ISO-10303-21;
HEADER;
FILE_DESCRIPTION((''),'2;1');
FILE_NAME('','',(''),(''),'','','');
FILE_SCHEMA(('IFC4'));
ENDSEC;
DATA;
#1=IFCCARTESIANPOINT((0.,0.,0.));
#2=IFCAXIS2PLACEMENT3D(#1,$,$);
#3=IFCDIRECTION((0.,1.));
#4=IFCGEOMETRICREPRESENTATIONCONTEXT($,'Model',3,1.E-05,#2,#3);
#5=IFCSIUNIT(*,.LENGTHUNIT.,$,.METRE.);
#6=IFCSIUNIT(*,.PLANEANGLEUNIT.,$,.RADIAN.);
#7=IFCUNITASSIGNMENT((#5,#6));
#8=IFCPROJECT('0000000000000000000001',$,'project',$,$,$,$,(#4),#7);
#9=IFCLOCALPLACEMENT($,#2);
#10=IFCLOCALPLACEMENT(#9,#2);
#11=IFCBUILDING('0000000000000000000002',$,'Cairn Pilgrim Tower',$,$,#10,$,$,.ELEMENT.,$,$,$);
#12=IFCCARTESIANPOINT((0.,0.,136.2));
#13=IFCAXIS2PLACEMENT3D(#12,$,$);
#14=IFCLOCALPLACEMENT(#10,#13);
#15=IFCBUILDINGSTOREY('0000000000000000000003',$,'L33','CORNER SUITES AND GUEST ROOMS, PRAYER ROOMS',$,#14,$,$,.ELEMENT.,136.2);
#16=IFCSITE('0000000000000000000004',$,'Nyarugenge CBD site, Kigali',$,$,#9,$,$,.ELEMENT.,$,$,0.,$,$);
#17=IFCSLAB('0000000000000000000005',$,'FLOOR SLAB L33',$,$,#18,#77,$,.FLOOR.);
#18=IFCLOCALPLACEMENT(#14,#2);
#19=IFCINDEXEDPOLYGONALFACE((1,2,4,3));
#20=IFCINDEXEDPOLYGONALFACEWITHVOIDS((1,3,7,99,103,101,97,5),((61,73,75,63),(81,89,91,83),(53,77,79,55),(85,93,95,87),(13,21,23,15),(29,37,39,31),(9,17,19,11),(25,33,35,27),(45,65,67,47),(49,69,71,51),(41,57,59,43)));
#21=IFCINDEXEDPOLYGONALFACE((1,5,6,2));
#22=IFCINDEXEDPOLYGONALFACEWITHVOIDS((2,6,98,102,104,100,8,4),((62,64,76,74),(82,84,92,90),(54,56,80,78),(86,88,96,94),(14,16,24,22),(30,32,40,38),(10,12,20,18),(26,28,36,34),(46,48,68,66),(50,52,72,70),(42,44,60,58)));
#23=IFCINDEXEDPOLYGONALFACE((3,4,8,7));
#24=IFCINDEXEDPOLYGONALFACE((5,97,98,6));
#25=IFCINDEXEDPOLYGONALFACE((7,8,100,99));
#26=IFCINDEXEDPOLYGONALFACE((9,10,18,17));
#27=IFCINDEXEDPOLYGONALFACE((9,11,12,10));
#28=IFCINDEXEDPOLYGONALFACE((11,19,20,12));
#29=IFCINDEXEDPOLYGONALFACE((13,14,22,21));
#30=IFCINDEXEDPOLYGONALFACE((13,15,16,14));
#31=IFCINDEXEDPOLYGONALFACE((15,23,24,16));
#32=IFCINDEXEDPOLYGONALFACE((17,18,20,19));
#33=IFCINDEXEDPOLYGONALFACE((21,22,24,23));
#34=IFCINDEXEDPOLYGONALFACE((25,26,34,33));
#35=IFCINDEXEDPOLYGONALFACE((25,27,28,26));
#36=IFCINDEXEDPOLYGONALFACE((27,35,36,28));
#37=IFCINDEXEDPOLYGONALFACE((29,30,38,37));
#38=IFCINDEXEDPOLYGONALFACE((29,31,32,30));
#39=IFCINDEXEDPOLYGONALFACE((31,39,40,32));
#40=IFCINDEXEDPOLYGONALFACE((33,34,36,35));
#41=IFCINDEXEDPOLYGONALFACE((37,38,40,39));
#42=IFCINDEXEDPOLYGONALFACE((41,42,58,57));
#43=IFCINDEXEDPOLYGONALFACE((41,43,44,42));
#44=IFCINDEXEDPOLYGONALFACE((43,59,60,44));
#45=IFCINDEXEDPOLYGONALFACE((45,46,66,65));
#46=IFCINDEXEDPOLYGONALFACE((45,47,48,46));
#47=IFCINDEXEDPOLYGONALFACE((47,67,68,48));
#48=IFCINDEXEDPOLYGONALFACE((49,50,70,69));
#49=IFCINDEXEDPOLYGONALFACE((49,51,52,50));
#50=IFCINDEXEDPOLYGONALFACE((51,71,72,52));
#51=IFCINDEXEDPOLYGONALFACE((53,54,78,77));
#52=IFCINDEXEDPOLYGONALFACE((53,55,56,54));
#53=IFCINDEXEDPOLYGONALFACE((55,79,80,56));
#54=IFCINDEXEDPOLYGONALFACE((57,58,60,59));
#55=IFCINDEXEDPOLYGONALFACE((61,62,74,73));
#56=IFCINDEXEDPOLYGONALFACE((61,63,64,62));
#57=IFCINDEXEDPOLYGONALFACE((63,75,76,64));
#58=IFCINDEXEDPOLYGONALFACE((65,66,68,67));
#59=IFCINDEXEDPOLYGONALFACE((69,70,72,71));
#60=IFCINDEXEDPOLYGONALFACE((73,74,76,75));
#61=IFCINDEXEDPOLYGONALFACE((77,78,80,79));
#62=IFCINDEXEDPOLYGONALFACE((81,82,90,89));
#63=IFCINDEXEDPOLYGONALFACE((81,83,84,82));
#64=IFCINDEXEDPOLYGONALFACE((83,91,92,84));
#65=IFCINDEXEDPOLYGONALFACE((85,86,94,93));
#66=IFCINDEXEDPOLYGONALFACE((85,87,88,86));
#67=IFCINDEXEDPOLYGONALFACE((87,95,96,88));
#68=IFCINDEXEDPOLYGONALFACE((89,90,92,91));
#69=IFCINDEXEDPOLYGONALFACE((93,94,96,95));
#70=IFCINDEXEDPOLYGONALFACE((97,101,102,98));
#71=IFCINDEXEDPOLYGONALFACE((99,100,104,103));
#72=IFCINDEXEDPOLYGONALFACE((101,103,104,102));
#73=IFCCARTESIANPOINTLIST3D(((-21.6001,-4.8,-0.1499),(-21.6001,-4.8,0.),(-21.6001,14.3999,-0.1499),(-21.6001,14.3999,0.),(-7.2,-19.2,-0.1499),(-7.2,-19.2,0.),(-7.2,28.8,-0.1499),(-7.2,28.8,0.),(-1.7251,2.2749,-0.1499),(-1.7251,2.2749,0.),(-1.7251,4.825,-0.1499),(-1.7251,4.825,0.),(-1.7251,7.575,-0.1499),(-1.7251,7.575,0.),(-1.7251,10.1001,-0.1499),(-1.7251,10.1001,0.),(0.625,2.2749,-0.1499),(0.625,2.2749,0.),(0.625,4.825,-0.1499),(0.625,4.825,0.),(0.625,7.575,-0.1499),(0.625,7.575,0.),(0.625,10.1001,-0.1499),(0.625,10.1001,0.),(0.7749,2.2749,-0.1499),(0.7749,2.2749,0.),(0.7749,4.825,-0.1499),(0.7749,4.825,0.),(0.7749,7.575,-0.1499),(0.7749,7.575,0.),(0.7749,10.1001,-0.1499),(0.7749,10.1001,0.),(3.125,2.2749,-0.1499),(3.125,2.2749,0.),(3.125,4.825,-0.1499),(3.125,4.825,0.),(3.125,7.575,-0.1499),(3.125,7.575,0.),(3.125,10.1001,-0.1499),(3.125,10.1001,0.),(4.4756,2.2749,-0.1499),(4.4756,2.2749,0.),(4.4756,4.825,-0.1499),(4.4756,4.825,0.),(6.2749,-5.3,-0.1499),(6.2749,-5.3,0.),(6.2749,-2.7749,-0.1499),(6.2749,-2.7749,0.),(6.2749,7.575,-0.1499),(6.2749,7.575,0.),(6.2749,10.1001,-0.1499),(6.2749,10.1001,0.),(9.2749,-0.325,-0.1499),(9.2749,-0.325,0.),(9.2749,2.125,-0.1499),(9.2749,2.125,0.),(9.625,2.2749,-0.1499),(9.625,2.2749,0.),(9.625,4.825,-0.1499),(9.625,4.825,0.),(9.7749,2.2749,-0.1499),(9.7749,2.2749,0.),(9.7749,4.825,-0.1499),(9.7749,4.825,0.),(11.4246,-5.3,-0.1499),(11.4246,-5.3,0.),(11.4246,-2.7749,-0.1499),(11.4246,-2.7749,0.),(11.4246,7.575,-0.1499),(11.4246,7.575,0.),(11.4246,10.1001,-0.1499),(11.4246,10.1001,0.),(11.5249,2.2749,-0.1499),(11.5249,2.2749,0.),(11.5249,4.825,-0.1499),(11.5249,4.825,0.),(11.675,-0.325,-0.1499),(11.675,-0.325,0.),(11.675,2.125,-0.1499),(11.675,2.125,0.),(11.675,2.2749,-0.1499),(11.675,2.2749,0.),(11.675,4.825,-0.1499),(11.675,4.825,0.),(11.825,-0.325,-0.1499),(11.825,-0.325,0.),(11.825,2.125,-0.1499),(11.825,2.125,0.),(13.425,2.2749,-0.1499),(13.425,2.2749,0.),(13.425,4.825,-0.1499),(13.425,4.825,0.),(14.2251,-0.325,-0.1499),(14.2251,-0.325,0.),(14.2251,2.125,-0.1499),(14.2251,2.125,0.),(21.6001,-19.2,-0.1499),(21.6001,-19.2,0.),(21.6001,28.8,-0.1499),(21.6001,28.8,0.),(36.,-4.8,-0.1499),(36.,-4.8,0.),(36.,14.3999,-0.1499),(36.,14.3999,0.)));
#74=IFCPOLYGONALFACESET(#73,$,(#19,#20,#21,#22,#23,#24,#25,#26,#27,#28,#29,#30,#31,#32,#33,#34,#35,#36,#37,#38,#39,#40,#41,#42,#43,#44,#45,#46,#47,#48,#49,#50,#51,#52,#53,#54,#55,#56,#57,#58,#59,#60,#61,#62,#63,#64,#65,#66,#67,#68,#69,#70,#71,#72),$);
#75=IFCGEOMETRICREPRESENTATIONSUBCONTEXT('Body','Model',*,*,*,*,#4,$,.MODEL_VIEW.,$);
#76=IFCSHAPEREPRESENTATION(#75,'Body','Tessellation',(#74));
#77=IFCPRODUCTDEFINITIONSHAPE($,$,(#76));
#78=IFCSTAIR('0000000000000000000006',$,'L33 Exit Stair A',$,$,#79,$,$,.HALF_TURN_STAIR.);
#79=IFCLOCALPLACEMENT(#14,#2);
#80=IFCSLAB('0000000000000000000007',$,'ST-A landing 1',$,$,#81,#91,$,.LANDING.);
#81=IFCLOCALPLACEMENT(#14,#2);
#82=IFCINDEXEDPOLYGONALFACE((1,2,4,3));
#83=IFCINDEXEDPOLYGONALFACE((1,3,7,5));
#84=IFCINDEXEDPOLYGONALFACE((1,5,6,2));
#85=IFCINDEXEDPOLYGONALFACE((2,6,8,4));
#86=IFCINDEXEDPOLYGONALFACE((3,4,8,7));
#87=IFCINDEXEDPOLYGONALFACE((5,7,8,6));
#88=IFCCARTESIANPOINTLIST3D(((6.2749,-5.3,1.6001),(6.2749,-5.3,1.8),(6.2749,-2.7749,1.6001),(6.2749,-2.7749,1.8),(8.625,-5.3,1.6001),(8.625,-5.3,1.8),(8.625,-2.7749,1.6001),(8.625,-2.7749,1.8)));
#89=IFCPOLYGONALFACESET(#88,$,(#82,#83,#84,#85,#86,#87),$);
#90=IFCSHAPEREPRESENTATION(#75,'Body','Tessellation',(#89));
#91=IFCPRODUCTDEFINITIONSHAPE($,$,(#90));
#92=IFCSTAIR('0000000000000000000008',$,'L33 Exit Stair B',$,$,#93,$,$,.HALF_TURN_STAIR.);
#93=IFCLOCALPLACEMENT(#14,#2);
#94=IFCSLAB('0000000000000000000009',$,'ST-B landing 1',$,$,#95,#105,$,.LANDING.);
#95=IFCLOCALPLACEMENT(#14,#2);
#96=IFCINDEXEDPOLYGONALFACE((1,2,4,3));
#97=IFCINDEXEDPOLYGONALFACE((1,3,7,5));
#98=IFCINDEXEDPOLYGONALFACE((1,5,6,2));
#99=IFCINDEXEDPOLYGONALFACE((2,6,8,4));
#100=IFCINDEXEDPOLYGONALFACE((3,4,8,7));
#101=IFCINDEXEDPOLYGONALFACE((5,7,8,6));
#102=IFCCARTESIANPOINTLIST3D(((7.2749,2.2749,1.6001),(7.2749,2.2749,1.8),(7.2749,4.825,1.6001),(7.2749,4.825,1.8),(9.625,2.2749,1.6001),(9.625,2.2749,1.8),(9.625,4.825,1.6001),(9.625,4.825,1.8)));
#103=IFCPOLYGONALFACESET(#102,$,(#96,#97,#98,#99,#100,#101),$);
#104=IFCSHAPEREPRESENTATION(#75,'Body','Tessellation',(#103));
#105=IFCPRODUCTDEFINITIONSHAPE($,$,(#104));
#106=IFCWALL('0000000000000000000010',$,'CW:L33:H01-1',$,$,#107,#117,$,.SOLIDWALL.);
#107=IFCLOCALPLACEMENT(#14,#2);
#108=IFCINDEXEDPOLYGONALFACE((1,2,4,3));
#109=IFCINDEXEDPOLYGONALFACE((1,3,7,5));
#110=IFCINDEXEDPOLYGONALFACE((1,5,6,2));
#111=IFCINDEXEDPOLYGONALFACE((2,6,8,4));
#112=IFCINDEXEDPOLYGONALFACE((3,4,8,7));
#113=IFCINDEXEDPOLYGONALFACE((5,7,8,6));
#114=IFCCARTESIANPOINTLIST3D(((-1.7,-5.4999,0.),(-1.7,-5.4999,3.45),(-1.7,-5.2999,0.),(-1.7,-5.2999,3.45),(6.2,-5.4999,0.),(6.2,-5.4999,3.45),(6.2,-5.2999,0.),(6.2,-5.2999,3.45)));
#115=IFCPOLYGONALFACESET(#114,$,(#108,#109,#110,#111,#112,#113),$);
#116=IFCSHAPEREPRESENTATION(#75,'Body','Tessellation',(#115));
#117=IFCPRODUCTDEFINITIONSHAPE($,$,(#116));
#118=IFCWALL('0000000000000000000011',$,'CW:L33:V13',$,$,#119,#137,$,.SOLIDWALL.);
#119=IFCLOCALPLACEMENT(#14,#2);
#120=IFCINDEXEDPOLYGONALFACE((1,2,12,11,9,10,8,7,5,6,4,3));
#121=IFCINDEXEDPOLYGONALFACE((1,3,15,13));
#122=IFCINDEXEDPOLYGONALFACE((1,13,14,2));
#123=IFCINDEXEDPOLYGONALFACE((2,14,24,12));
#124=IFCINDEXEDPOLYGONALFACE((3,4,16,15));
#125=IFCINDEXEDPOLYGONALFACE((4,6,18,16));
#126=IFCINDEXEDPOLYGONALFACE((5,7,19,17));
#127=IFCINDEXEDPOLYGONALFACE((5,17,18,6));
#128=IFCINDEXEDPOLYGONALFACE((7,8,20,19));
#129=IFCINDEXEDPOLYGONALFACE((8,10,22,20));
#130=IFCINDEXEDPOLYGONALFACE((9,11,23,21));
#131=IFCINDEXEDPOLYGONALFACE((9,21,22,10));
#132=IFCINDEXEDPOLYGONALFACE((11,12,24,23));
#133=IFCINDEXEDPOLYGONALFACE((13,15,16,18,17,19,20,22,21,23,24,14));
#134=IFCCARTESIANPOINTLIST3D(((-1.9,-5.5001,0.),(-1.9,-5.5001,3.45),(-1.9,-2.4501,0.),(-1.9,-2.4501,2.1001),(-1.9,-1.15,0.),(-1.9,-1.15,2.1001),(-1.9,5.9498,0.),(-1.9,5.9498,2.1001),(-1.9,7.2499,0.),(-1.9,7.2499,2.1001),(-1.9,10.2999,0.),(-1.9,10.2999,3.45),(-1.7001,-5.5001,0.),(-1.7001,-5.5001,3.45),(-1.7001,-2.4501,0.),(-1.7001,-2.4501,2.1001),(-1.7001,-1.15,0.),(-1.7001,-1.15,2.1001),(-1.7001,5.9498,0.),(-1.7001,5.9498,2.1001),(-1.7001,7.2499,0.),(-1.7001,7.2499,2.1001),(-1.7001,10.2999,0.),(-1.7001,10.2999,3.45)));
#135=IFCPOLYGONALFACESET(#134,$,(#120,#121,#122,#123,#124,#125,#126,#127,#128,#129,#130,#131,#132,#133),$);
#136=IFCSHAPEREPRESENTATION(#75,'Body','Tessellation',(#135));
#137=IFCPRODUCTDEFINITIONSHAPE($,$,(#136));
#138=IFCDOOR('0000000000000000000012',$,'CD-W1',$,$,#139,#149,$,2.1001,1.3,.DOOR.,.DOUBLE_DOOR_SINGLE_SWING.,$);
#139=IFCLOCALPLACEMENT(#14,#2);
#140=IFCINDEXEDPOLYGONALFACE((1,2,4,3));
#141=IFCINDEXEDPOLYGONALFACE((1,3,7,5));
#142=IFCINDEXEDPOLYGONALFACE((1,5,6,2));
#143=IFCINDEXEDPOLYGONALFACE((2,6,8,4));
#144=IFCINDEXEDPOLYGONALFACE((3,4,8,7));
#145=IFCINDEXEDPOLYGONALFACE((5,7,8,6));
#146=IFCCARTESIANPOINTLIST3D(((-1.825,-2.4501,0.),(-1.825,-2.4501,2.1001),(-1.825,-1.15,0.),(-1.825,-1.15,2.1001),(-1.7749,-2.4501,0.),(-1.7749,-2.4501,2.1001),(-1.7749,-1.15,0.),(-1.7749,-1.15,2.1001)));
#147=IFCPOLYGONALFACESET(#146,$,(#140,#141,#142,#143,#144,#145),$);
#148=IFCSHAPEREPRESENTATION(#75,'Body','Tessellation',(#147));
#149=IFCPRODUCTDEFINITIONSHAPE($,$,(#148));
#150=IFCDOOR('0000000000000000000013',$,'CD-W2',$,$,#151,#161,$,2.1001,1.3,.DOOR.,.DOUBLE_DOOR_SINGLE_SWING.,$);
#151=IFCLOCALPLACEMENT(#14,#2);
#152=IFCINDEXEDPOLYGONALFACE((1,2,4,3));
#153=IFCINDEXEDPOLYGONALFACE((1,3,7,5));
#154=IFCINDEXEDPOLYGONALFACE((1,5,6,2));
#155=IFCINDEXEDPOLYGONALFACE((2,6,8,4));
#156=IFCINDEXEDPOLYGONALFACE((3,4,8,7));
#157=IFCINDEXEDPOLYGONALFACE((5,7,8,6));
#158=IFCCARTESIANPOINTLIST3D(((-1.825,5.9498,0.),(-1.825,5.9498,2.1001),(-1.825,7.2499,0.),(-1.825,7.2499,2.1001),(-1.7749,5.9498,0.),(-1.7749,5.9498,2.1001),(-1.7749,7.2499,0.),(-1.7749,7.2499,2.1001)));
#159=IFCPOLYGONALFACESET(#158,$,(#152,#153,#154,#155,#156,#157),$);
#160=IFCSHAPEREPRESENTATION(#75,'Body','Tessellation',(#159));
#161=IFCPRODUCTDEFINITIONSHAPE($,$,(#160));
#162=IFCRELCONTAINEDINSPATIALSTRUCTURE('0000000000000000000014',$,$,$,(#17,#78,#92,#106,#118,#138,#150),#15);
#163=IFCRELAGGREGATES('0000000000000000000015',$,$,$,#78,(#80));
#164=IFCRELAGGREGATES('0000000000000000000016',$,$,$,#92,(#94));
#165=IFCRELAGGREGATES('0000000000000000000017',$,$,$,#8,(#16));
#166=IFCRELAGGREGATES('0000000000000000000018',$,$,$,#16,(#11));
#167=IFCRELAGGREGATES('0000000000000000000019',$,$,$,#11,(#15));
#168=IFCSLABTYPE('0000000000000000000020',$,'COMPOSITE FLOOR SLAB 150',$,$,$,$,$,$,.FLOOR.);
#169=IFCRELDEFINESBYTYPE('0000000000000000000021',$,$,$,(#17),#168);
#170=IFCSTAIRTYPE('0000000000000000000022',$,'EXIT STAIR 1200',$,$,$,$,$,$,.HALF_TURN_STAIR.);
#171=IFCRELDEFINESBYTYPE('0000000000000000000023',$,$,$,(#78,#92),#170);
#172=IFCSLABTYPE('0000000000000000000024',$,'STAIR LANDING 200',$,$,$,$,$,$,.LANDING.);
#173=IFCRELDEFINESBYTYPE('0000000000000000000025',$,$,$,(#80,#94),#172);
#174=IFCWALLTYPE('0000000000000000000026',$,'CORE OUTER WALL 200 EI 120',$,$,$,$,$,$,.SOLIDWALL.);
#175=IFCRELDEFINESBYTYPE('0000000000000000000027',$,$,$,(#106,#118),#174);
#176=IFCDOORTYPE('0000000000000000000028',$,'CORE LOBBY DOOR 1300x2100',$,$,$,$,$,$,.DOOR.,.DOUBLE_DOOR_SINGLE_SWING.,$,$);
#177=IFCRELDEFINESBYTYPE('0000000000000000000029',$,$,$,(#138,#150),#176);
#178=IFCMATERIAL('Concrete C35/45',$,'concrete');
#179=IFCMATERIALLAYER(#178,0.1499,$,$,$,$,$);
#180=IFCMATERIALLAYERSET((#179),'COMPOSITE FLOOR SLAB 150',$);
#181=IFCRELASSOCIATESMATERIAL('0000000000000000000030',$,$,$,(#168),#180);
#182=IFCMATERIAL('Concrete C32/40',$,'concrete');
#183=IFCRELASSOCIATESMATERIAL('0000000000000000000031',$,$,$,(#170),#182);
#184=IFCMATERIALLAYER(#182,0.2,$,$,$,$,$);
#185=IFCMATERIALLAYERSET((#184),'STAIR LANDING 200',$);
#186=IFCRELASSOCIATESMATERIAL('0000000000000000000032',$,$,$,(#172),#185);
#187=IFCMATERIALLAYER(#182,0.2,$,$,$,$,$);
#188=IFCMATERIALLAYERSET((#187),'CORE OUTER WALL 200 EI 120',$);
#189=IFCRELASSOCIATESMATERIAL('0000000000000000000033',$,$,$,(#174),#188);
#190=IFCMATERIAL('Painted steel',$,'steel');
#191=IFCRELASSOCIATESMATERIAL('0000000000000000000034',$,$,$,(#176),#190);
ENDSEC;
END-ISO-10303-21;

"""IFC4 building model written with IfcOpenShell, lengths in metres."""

from ifc_helpers import new_model, si_unit, direction, frame, frame_2d, origin, place, context, subcontext, project, spatial, polyline, rectangle, outline, extrude, material, layer, layer_set, type_object, element, fill, aggregate, save


model = new_model("IFC4")

# Units and contexts
model_context = context("Model", 3, precision=1e-05, world=origin(), true_north=direction((0.0, 1.0)))
body_context = subcontext(model_context, "Body", "Model", "MODEL_VIEW")
ifc_project = project(units=[si_unit("LENGTHUNIT", "METRE"), si_unit("PLANEANGLEUNIT", "RADIAN")], contexts=[model_context])

# Site, building, storey
site_placement = place(None, origin())
site = spatial("IfcSite", under=ifc_project, at=site_placement, Name="Nyarugenge CBD site, Kigali", CompositionType="ELEMENT", RefElevation=0.0)
building_placement = place(site_placement, origin())
building = spatial("IfcBuilding", under=site, at=building_placement, Name="Cairn Pilgrim Tower", CompositionType="ELEMENT")
storey_placement = place(building_placement, frame((0.0, 0.0, 136.2)))
storey = spatial("IfcBuildingStorey", under=building, at=storey_placement, Name="L33", Description="CORNER SUITES AND GUEST ROOMS, PRAYER ROOMS", CompositionType="ELEMENT", Elevation=136.2)

# Slab
ifc_material_1 = material(Name="Concrete C35/45", Category="concrete")
ifc_layer_1 = layer(ifc_material_1, 0.1499)
ifc_layer_set_1 = layer_set([ifc_layer_1], Name="COMPOSITE FLOOR SLAB 150")
slab_type_1 = type_object("IfcSlabType", Name="COMPOSITE FLOOR SLAB 150", PredefinedType="FLOOR", material=ifc_layer_set_1)
slab_1_placement = place(storey_placement, frame((0.0, 0.0, -0.1499)))
element("IfcSlab", 1, at=slab_1_placement, inside=storey, type_object=slab_type_1, Name="FLOOR SLAB L33", PredefinedType="FLOOR", context=body_context, shape_type="SweptSolid", body=[
    extrude(outline(polyline([(-7.2, -19.2), (21.6001, -19.2), (36.0, -4.8), (36.0, 14.3999), (21.6001, 28.8), (-7.2, 28.8), (-21.6001, 14.3999), (-21.6001, -4.8), (-7.2, -19.2)]), holes=[polyline([(9.2749, -0.325), (11.675, -0.325), (11.675, 2.125), (9.2749, 2.125), (9.2749, -0.325)]), polyline([(11.825, -0.325), (14.2251, -0.325), (14.2251, 2.125), (11.825, 2.125), (11.825, -0.325)]), polyline([(-1.7251, 2.2749), (0.625, 2.2749), (0.625, 4.825), (-1.7251, 4.825), (-1.7251, 2.2749)]), polyline([(0.7749, 2.2749), (3.125, 2.2749), (3.125, 4.825), (0.7749, 4.825), (0.7749, 2.2749)]), polyline([(-1.7251, 7.575), (0.625, 7.575), (0.625, 10.1001), (-1.7251, 10.1001), (-1.7251, 7.575)]), polyline([(0.7749, 7.575), (3.125, 7.575), (3.125, 10.1001), (0.7749, 10.1001), (0.7749, 7.575)]), polyline([(9.7749, 2.2749), (11.5249, 2.2749), (11.5249, 4.825), (9.7749, 4.825), (9.7749, 2.2749)]), polyline([(11.675, 2.2749), (13.425, 2.2749), (13.425, 4.825), (11.675, 4.825), (11.675, 2.2749)]), polyline([(11.4246, -2.7749), (6.2749, -2.7749), (6.2749, -5.3), (11.4246, -5.3), (11.4246, -2.7749)]), polyline([(4.4756, 2.2749), (9.625, 2.2749), (9.625, 4.825), (4.4756, 4.825), (4.4756, 2.2749)]), polyline([(11.4246, 10.1001), (6.2749, 10.1001), (6.2749, 7.575), (11.4246, 7.575), (11.4246, 10.1001)])]), origin(), (0.0, 0.0, 1.0), 0.1499),
])

# Stairs, slabs
ifc_material_2 = material(Name="Concrete C32/40", Category="concrete")
stair_type = type_object("IfcStairType", Name="EXIT STAIR 1200", PredefinedType="HALF_TURN_STAIR", material=ifc_material_2)
stair_1_placement = place(storey_placement, origin())
stair_1 = element("IfcStair", 2, at=stair_1_placement, inside=storey, type_object=stair_type, Name="L33 Exit Stair A", PredefinedType="HALF_TURN_STAIR")
ifc_layer_2 = layer(ifc_material_2, 0.2)
ifc_layer_set_2 = layer_set([ifc_layer_2], Name="STAIR LANDING 200")
slab_type_2 = type_object("IfcSlabType", Name="STAIR LANDING 200", PredefinedType="LANDING", material=ifc_layer_set_2)
slab_2_placement = place(storey_placement, frame((0.0, 0.0, 1.6001)))
slab_2 = element("IfcSlab", 3, at=slab_2_placement, type_object=slab_type_2, Name="ST-A landing 1", PredefinedType="LANDING", context=body_context, shape_type="SweptSolid", body=[
    extrude(outline(polyline([(8.625, -2.7749), (6.2749, -2.7749), (6.2749, -5.3), (8.625, -5.3), (8.625, -2.7749)])), origin(), (0.0, 0.0, 1.0), 0.2),
])
aggregate(stair_1, [slab_2])
stair_2_placement = place(storey_placement, origin())
stair_2 = element("IfcStair", 4, at=stair_2_placement, inside=storey, type_object=stair_type, Name="L33 Exit Stair B", PredefinedType="HALF_TURN_STAIR")
slab_3_placement = place(storey_placement, frame((0.0, 0.0, 1.6001)))
slab_3 = element("IfcSlab", 5, at=slab_3_placement, type_object=slab_type_2, Name="ST-B landing 1", PredefinedType="LANDING", context=body_context, shape_type="SweptSolid", body=[
    extrude(outline(polyline([(7.2749, 2.2749), (9.625, 2.2749), (9.625, 4.825), (7.2749, 4.825), (7.2749, 2.2749)])), origin(), (0.0, 0.0, 1.0), 0.2),
])
aggregate(stair_2, [slab_3])

# Wall
ifc_layer_3 = layer(ifc_material_2, 0.2)
ifc_layer_set_3 = layer_set([ifc_layer_3], Name="CORE OUTER WALL 200 EI 120")
wall_type_1 = type_object("IfcWallType", Name="CORE OUTER WALL 200 EI 120", PredefinedType="SOLIDWALL", material=ifc_layer_set_3)
wall_1_placement = place(storey_placement, frame((-1.7, -5.3999, 0.0), z_axis=(0.0, 0.0, 1.0), x_axis=(1.0, 0.0, 0.0)))
element("IfcWall", 6, at=wall_1_placement, inside=storey, type_object=wall_type_1, Name="CW:L33:H01-1", PredefinedType="SOLIDWALL", context=body_context, shape_type="SweptSolid", body=[
    extrude(rectangle(XDim=7.8999, YDim=0.2, at=frame_2d((3.95, 0.0))), origin(), (0.0, 0.0, 1.0), 3.45),
])

# Wall, openings, doors
wall_2_placement = place(storey_placement, frame((-1.8, -5.5, 0.0), z_axis=(0.0, 0.0, 1.0), x_axis=(0.0, 1.0, 0.0)))
wall_2 = element("IfcWall", 7, at=wall_2_placement, inside=storey, type_object=wall_type_1, Name="CW:L33:V13", PredefinedType="SOLIDWALL", context=body_context, shape_type="SweptSolid", body=[
    extrude(rectangle(XDim=15.8, YDim=0.2, at=frame_2d((7.8999, 0.0))), origin(), (0.0, 0.0, 1.0), 3.45),
])
opening_1_placement = place(wall_2_placement, frame((3.05, 0.0, 0.0)))
opening_1 = element("IfcOpeningElement", 8, at=opening_1_placement, cuts=wall_2, PredefinedType="OPENING", context=body_context, shape_type="SweptSolid", body=[
    extrude(rectangle(XDim=1.3, YDim=2.1001, at=frame_2d((0.6499, 1.05))), frame((0.0, 0.1099, 0.0), z_axis=(0.0, -1.0, 0.0), x_axis=(1.0, 0.0, 0.0)), (0.0, 0.0, 1.0), 0.22),
])
opening_2_placement = place(wall_2_placement, frame((11.45, 0.0, 0.0)))
opening_2 = element("IfcOpeningElement", 9, at=opening_2_placement, cuts=wall_2, PredefinedType="OPENING", context=body_context, shape_type="SweptSolid", body=[
    extrude(rectangle(XDim=1.3, YDim=2.1001, at=frame_2d((0.6499, 1.05))), frame((0.0, 0.1099, 0.0), z_axis=(0.0, -1.0, 0.0), x_axis=(1.0, 0.0, 0.0)), (0.0, 0.0, 1.0), 0.22),
])
ifc_material_3 = material(Name="Painted steel", Category="steel")
door_type_1 = type_object("IfcDoorType", Name="CORE LOBBY DOOR 1300x2100", OperationType="DOUBLE_DOOR_SINGLE_SWING", PredefinedType="DOOR", material=ifc_material_3)
door_1_placement = place(opening_1_placement, origin())
door_1 = element("IfcDoor", 10, at=door_1_placement, inside=storey, type_object=door_type_1, Name="CD-W1", OperationType="DOUBLE_DOOR_SINGLE_SWING", OverallHeight=2.1001, OverallWidth=1.3, PredefinedType="DOOR", context=body_context, shape_type="SweptSolid", body=[
    extrude(rectangle(XDim=1.3, YDim=2.1001, at=frame_2d((0.6499, 1.05))), frame((0.0, 0.0249, 0.0), z_axis=(0.0, -1.0, 0.0), x_axis=(1.0, 0.0, 0.0)), (0.0, 0.0, 1.0), 0.05),
])
fill(opening_1, door_1)
door_2_placement = place(opening_2_placement, origin())
door_2 = element("IfcDoor", 11, at=door_2_placement, inside=storey, type_object=door_type_1, Name="CD-W2", OperationType="DOUBLE_DOOR_SINGLE_SWING", OverallHeight=2.1001, OverallWidth=1.3, PredefinedType="DOOR", context=body_context, shape_type="SweptSolid", body=[
    extrude(rectangle(XDim=1.3, YDim=2.1001, at=frame_2d((0.6499, 1.05))), frame((0.0, 0.0249, 0.0), z_axis=(0.0, -1.0, 0.0), x_axis=(1.0, 0.0, 0.0)), (0.0, 0.0, 1.0), 0.05),
])
fill(opening_2, door_2)

save(model, "model.ifc")
